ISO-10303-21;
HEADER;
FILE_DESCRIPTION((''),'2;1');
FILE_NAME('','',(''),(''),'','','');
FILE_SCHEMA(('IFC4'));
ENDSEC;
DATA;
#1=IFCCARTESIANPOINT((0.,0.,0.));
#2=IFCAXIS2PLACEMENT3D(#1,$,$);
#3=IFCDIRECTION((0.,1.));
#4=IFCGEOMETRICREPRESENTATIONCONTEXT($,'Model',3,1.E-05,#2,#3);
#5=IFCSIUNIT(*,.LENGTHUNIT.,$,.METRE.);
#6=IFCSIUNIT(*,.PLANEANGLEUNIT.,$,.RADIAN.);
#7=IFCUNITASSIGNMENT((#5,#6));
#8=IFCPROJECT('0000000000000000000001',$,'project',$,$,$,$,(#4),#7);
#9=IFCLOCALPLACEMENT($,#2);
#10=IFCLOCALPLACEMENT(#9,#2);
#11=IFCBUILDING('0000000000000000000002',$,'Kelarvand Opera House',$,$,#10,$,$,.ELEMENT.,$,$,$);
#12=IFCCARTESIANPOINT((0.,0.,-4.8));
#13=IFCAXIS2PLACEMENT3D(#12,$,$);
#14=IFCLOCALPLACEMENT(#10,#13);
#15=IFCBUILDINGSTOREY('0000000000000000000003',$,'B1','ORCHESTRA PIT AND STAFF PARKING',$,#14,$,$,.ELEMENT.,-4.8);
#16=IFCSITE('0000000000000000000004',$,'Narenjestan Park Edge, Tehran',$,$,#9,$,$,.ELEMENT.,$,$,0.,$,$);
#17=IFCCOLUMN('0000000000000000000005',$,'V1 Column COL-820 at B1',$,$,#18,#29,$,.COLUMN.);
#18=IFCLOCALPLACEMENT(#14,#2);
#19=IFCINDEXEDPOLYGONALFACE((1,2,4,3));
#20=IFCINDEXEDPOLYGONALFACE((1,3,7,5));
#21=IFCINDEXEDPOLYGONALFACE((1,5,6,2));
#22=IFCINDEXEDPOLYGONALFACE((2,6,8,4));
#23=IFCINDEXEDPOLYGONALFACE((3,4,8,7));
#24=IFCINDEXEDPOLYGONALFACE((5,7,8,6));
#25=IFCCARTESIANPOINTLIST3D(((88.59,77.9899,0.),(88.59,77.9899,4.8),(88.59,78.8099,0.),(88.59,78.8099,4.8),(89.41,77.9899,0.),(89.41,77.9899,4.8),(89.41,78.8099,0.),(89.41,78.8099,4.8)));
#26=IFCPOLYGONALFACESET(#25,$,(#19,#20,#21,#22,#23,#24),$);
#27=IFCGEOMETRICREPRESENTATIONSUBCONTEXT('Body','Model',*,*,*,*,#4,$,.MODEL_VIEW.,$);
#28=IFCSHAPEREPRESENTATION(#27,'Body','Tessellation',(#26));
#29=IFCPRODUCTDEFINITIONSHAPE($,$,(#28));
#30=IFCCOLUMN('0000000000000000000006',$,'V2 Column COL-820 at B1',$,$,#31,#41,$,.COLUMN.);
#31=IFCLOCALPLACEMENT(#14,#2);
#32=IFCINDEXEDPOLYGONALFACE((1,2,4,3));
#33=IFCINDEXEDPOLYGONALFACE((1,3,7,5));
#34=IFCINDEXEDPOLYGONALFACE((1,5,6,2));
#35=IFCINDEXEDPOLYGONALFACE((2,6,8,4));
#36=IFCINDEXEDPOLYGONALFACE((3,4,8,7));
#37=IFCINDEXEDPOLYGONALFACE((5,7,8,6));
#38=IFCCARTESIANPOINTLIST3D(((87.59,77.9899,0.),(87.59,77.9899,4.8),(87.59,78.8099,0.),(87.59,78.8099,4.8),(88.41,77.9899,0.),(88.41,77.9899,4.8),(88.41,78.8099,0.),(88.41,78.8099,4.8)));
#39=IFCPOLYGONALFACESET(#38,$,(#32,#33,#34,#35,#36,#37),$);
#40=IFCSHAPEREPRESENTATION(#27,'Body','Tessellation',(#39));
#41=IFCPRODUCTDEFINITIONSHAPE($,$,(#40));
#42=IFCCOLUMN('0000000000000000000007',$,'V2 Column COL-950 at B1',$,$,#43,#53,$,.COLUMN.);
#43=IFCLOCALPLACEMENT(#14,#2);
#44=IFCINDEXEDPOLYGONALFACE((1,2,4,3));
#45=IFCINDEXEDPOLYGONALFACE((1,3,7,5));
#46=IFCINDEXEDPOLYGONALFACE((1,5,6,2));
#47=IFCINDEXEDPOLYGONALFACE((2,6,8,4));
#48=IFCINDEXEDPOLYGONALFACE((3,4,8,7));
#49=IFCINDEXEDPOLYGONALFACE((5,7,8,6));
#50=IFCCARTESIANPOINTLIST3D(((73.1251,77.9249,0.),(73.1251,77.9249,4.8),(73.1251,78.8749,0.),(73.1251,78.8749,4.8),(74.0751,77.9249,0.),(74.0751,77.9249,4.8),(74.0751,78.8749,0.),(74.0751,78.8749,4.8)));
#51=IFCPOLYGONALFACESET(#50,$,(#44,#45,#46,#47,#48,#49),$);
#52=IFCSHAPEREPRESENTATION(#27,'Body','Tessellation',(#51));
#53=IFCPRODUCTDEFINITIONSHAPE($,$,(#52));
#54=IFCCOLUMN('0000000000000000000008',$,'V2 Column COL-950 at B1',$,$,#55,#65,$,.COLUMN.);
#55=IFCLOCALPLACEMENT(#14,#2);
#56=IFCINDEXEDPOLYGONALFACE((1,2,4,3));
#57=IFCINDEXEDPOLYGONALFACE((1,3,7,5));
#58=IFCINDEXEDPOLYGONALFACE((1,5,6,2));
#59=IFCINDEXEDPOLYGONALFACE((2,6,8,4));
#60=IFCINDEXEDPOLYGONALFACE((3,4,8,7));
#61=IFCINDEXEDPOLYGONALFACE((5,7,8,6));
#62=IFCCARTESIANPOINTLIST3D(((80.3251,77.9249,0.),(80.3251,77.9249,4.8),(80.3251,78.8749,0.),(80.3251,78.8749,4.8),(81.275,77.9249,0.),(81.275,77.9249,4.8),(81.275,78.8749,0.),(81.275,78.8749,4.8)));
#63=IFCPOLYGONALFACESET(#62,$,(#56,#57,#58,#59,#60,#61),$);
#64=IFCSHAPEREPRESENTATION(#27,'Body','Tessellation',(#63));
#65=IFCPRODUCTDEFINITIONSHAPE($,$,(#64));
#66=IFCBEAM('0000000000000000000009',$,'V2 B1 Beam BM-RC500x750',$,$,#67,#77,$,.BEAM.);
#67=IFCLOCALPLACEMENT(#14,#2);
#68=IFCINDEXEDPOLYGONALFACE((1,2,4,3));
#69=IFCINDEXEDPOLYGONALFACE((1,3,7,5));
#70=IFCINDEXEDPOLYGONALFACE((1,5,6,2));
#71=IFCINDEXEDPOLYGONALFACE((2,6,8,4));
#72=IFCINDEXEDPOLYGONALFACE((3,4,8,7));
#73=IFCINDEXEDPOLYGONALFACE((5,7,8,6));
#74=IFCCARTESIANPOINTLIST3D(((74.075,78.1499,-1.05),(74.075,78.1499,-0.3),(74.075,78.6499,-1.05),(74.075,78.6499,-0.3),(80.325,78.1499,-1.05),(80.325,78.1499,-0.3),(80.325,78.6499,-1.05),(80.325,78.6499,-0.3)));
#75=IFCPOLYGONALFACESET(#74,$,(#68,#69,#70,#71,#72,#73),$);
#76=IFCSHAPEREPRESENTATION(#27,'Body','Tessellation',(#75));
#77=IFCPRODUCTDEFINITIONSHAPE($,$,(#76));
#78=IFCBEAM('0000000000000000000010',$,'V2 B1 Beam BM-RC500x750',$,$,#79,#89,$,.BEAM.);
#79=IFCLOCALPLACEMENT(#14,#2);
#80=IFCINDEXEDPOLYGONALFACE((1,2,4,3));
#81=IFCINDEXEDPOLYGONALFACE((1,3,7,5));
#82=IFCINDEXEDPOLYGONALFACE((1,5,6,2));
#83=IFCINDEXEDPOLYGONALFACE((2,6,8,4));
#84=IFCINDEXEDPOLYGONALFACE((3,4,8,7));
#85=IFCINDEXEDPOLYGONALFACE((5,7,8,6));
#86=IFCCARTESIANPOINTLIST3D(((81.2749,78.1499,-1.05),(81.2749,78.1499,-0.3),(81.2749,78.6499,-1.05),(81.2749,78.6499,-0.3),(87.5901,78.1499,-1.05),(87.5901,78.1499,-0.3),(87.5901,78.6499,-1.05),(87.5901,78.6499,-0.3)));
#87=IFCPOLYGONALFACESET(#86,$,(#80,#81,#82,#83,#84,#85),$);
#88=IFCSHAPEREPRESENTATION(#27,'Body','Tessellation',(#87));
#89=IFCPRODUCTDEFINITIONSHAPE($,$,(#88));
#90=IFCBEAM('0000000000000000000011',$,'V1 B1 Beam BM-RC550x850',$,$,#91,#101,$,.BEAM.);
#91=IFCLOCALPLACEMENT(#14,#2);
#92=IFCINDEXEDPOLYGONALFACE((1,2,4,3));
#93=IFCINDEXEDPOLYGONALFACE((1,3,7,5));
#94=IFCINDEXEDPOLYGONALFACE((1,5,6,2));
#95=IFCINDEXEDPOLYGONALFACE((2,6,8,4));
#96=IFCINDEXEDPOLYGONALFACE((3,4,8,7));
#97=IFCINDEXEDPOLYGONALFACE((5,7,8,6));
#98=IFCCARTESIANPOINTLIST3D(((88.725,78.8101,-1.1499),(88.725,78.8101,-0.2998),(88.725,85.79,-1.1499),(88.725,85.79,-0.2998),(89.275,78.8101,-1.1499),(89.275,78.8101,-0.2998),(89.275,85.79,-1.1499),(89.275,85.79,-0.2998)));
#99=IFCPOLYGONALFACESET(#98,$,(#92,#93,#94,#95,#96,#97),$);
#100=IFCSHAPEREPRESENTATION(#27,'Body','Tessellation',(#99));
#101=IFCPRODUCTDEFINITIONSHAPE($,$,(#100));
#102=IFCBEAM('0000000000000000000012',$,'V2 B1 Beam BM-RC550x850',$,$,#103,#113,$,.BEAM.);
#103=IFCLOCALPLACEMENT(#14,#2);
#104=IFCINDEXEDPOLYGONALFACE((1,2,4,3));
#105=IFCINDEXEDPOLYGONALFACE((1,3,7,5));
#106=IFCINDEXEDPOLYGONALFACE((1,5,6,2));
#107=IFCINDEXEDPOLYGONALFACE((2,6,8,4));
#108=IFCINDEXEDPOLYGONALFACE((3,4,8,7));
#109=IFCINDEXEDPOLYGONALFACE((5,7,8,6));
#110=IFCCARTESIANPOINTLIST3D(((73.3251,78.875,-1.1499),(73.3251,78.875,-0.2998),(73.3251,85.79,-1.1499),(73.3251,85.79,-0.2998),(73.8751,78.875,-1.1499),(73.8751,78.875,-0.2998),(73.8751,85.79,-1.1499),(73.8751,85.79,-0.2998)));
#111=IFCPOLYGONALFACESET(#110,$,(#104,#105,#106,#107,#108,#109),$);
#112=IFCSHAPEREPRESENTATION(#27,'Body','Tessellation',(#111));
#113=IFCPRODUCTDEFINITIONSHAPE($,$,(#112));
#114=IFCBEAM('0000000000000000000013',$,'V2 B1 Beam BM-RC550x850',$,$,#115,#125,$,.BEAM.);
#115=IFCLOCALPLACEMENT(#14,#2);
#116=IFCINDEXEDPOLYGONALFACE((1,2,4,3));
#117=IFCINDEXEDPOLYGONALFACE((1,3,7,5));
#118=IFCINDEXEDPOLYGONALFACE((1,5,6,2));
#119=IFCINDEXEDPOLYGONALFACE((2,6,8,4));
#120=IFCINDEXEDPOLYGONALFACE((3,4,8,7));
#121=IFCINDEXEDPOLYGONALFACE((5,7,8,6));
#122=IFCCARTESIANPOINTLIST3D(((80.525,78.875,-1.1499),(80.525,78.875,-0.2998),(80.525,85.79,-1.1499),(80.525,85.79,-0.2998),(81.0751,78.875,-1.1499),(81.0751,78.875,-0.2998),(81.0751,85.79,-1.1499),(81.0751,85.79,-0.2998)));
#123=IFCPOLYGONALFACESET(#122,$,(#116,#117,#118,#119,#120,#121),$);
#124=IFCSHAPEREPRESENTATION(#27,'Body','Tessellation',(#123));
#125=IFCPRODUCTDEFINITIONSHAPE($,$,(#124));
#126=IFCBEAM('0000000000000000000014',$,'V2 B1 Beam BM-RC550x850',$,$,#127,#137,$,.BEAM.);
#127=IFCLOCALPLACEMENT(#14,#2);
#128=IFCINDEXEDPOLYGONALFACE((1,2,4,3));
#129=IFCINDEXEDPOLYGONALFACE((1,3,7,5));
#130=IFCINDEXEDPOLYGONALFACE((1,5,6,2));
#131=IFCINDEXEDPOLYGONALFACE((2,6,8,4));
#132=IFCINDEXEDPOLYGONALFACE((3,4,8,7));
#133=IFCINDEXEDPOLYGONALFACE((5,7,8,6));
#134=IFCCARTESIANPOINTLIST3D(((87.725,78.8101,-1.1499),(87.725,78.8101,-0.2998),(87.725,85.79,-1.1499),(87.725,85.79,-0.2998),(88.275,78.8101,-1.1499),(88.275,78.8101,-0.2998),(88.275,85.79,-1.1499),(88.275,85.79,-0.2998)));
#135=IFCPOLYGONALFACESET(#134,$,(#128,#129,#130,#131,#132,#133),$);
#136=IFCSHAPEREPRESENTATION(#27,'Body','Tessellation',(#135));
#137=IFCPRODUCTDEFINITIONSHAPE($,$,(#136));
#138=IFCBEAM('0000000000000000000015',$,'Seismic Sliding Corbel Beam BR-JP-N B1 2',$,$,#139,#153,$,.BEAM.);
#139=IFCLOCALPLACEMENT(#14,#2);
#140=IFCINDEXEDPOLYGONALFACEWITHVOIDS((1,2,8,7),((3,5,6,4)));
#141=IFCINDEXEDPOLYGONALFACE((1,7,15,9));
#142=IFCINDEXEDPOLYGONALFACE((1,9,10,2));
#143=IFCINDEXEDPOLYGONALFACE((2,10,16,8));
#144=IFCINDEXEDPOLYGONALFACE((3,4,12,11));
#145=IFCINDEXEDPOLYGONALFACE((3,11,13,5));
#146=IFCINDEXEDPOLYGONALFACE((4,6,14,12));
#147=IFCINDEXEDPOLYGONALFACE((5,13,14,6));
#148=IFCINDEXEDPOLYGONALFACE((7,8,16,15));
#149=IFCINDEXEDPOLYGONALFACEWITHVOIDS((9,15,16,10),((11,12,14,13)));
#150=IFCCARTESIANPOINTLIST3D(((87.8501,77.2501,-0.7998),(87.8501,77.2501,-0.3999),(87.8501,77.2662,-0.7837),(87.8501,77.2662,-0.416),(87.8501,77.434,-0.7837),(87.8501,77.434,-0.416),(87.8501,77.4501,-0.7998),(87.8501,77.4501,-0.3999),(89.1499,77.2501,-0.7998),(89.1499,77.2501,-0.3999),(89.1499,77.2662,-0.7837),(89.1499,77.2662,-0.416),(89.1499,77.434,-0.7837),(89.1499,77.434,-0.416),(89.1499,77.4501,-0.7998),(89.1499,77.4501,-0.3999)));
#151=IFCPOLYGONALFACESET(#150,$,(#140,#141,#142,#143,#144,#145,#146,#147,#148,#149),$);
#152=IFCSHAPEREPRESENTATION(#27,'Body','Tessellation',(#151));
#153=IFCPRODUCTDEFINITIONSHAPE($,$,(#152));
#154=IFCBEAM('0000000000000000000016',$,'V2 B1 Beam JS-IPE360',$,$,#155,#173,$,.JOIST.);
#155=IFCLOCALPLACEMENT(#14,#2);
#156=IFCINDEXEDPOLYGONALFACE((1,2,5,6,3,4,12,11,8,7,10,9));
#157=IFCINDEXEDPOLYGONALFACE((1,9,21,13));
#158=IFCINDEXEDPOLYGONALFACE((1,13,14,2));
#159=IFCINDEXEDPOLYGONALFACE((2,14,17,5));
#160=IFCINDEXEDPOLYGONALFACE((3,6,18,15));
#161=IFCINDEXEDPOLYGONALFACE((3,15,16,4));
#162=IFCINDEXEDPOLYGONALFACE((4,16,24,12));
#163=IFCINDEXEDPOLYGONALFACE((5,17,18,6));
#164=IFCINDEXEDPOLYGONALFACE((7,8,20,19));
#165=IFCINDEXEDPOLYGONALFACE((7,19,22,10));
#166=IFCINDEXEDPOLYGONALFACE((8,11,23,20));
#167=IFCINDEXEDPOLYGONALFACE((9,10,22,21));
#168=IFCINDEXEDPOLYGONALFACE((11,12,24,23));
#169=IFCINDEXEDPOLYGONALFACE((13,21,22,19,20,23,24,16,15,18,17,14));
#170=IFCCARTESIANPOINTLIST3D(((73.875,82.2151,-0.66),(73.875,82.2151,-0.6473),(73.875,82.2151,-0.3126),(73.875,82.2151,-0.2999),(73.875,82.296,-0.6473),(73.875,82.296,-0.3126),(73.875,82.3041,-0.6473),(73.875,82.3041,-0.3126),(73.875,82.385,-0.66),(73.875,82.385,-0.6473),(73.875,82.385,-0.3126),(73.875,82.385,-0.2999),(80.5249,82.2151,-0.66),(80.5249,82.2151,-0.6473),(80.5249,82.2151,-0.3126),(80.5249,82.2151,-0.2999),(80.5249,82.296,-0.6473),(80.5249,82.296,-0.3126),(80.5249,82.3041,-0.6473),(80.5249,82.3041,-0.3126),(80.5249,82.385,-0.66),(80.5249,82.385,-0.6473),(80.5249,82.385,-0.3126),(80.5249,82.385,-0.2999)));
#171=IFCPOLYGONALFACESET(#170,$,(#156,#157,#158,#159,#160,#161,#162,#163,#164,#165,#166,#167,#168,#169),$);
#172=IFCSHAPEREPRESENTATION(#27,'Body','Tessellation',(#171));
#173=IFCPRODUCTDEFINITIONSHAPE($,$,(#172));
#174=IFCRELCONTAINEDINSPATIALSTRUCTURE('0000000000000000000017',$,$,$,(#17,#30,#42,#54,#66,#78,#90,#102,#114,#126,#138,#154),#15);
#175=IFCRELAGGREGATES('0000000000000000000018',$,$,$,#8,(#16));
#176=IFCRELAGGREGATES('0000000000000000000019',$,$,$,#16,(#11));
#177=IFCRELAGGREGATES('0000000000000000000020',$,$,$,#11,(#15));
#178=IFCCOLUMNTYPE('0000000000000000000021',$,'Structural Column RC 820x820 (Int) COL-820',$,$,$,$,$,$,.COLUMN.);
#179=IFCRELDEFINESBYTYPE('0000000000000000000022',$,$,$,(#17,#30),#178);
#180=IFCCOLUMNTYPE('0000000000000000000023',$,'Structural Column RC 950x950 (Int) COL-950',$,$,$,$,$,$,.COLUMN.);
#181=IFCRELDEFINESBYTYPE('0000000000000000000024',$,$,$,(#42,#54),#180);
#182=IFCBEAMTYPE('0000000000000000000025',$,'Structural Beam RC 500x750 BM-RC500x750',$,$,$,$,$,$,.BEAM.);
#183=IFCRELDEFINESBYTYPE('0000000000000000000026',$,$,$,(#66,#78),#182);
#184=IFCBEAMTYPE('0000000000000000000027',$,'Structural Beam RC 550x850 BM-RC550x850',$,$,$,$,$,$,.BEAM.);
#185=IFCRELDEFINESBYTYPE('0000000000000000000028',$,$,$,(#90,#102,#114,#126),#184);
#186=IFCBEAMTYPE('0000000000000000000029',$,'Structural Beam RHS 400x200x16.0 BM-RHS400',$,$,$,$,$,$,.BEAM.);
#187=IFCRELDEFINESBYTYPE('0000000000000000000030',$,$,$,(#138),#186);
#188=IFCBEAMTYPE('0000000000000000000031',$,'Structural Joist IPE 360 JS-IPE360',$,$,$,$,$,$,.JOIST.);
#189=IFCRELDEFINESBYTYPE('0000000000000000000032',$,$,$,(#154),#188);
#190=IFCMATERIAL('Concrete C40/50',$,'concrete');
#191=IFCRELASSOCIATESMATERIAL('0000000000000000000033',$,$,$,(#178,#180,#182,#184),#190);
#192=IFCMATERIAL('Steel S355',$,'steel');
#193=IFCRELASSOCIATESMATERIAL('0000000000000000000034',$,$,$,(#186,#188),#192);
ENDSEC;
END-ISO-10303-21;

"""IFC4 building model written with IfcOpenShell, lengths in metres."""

from ifc_helpers import new_model, si_unit, direction, frame, origin, origin_2d, place, context, subcontext, project, spatial, rectangle, hollow_rectangle, i_section, extrude, material, material_profile, profile_set, type_object, element, save


model = new_model("IFC4")

# Units and contexts
model_context = context("Model", 3, precision=1e-05, world=origin(), true_north=direction((0.0, 1.0)))
body_context = subcontext(model_context, "Body", "Model", "MODEL_VIEW")
ifc_project = project(units=[si_unit("LENGTHUNIT", "METRE"), si_unit("PLANEANGLEUNIT", "RADIAN")], contexts=[model_context])

# Site, building, storey
site_placement = place(None, origin())
site = spatial("IfcSite", under=ifc_project, at=site_placement, Name="Narenjestan Park Edge, Tehran", CompositionType="ELEMENT", RefElevation=0.0)
building_placement = place(site_placement, origin())
building = spatial("IfcBuilding", under=site, at=building_placement, Name="Kelarvand Opera House", CompositionType="ELEMENT")
storey_placement = place(building_placement, frame((0.0, 0.0, -4.8)))
storey = spatial("IfcBuildingStorey", under=building, at=storey_placement, Name="B1", Description="ORCHESTRA PIT AND STAFF PARKING", CompositionType="ELEMENT", Elevation=-4.8)

# Columns
ifc_material_1 = material(Name="Concrete C40/50", Category="concrete")
ifc_material_profile_1 = material_profile(ifc_material_1, rectangle(XDim=0.8201, YDim=0.8201, at=origin_2d()), Name="RC 820x820", Category="concrete")
ifc_profile_set_1 = profile_set([ifc_material_profile_1], Name="Concrete C40/50")
column_type_1 = type_object("IfcColumnType", Name="Structural Column RC 820x820 (Int) COL-820", PredefinedType="COLUMN", material=ifc_profile_set_1)
for number, where, z_axis, x_axis, name in (
    (1, (89.0, 78.3999, 0.0), (0.0, 0.0, 1.0), (1.0, 0.0, 0.0), "V1 Column COL-820 at B1"),
    (2, (88.0, 78.3999, 0.0), (0.0, 0.0, 1.0), (1.0, 0.0, 0.0), "V2 Column COL-820 at B1"),
):
    element("IfcColumn", number, at=place(storey_placement, frame(where, z_axis=z_axis, x_axis=x_axis)), inside=storey, type_object=column_type_1, Name=name, PredefinedType="COLUMN", context=body_context, shape_type="SweptSolid", body=[
        extrude(rectangle(XDim=0.8201, YDim=0.8201, at=origin_2d()), origin(), (0.0, 0.0, 1.0), 4.8),
    ])
ifc_material_profile_2 = material_profile(ifc_material_1, rectangle(XDim=0.95, YDim=0.95, at=origin_2d()), Name="RC 950x950", Category="concrete")
ifc_profile_set_2 = profile_set([ifc_material_profile_2], Name="Concrete C40/50")
column_type_2 = type_object("IfcColumnType", Name="Structural Column RC 950x950 (Int) COL-950", PredefinedType="COLUMN", material=ifc_profile_set_2)
for number, where, z_axis, x_axis, name in (
    (3, (73.6001, 78.3999, 0.0), (0.0, 0.0, 1.0), (1.0, 0.0, 0.0), "V2 Column COL-950 at B1"),
    (4, (80.8, 78.3999, 0.0), (0.0, 0.0, 1.0), (1.0, 0.0, 0.0), "V2 Column COL-950 at B1"),
):
    element("IfcColumn", number, at=place(storey_placement, frame(where, z_axis=z_axis, x_axis=x_axis)), inside=storey, type_object=column_type_2, Name=name, PredefinedType="COLUMN", context=body_context, shape_type="SweptSolid", body=[
        extrude(rectangle(XDim=0.95, YDim=0.95, at=origin_2d()), origin(), (0.0, 0.0, 1.0), 4.8),
    ])

# Beams
ifc_material_profile_3 = material_profile(ifc_material_1, rectangle(XDim=0.5, YDim=0.75, at=origin_2d()), Name="RC 500x750", Category="concrete")
ifc_profile_set_3 = profile_set([ifc_material_profile_3], Name="Concrete C40/50")
beam_type_1 = type_object("IfcBeamType", Name="Structural Beam RC 500x750 BM-RC500x750", PredefinedType="BEAM", material=ifc_profile_set_3)
beam_1_placement = place(storey_placement, frame((74.075, 78.3999, -0.675), z_axis=(1.0, 0.0, 0.0), x_axis=(0.0, 1.0, 0.0)))
element("IfcBeam", 5, at=beam_1_placement, inside=storey, type_object=beam_type_1, Name="V2 B1 Beam BM-RC500x750", PredefinedType="BEAM", context=body_context, shape_type="SweptSolid", body=[
    extrude(rectangle(XDim=0.5, YDim=0.75, at=origin_2d()), origin(), (0.0, 0.0, 1.0), 6.25),
])
beam_2_placement = place(storey_placement, frame((81.2749, 78.3999, -0.675), z_axis=(1.0, 0.0, 0.0), x_axis=(0.0, 1.0, 0.0)))
element("IfcBeam", 6, at=beam_2_placement, inside=storey, type_object=beam_type_1, Name="V2 B1 Beam BM-RC500x750", PredefinedType="BEAM", context=body_context, shape_type="SweptSolid", body=[
    extrude(rectangle(XDim=0.5, YDim=0.75, at=origin_2d()), origin(), (0.0, 0.0, 1.0), 6.3152),
])
ifc_material_profile_4 = material_profile(ifc_material_1, rectangle(XDim=0.55, YDim=0.8501, at=origin_2d()), Name="RC 550x850", Category="concrete")
ifc_profile_set_4 = profile_set([ifc_material_profile_4], Name="Concrete C40/50")
beam_type_2 = type_object("IfcBeamType", Name="Structural Beam RC 550x850 BM-RC550x850", PredefinedType="BEAM", material=ifc_profile_set_4)
beam_3_placement = place(storey_placement, frame((89.0, 78.8101, -0.7249), z_axis=(0.0, 1.0, 0.0), x_axis=(-1.0, 0.0, 0.0)))
element("IfcBeam", 7, at=beam_3_placement, inside=storey, type_object=beam_type_2, Name="V1 B1 Beam BM-RC550x850", PredefinedType="BEAM", context=body_context, shape_type="SweptSolid", body=[
    extrude(rectangle(XDim=0.55, YDim=0.8501, at=origin_2d()), origin(), (0.0, 0.0, 1.0), 6.98),
])
for number, where, z_axis, x_axis, name in (
    (8, (73.6001, 78.875, -0.7249), (0.0, 1.0, 0.0), (-1.0, 0.0, 0.0), "V2 B1 Beam BM-RC550x850"),
    (9, (80.8, 78.875, -0.7249), (0.0, 1.0, 0.0), (-1.0, 0.0, 0.0), "V2 B1 Beam BM-RC550x850"),
):
    element("IfcBeam", number, at=place(storey_placement, frame(where, z_axis=z_axis, x_axis=x_axis)), inside=storey, type_object=beam_type_2, Name=name, PredefinedType="BEAM", context=body_context, shape_type="SweptSolid", body=[
        extrude(rectangle(XDim=0.55, YDim=0.8501, at=origin_2d()), origin(), (0.0, 0.0, 1.0), 6.915),
    ])
beam_4_placement = place(storey_placement, frame((88.0, 78.8101, -0.7249), z_axis=(0.0, 1.0, 0.0), x_axis=(-1.0, 0.0, 0.0)))
element("IfcBeam", 10, at=beam_4_placement, inside=storey, type_object=beam_type_2, Name="V2 B1 Beam BM-RC550x850", PredefinedType="BEAM", context=body_context, shape_type="SweptSolid", body=[
    extrude(rectangle(XDim=0.55, YDim=0.8501, at=origin_2d()), origin(), (0.0, 0.0, 1.0), 6.98),
])
ifc_material_2 = material(Name="Steel S355", Category="steel")
ifc_material_profile_5 = material_profile(ifc_material_2, hollow_rectangle(XDim=0.2, YDim=0.3999, WallThickness=0.0161, at=origin_2d()), Name="RHS 400x200x16.0", Category="steel")
ifc_profile_set_5 = profile_set([ifc_material_profile_5], Name="Steel S355")
beam_type_3 = type_object("IfcBeamType", Name="Structural Beam RHS 400x200x16.0 BM-RHS400", PredefinedType="BEAM", material=ifc_profile_set_5)
beam_5_placement = place(storey_placement, frame((87.8501, 77.3501, -0.5999), z_axis=(1.0, 0.0, 0.0), x_axis=(0.0, 1.0, 0.0)))
element("IfcBeam", 11, at=beam_5_placement, inside=storey, type_object=beam_type_3, Name="Seismic Sliding Corbel Beam BR-JP-N B1 2", PredefinedType="BEAM", context=body_context, shape_type="SweptSolid", body=[
    extrude(hollow_rectangle(XDim=0.2, YDim=0.3999, WallThickness=0.0161, at=origin_2d()), origin(), (0.0, 0.0, 1.0), 1.2998),
])
ifc_material_profile_6 = material_profile(ifc_material_2, i_section(OverallWidth=0.1699, OverallDepth=0.3601, WebThickness=0.0081, FlangeThickness=0.0127, at=origin_2d()), Name="IPE 360", Category="steel")
ifc_profile_set_6 = profile_set([ifc_material_profile_6], Name="Steel S355")
beam_type_4 = type_object("IfcBeamType", Name="Structural Joist IPE 360 JS-IPE360", PredefinedType="JOIST", material=ifc_profile_set_6)
beam_6_placement = place(storey_placement, frame((73.875, 82.3, -0.48), z_axis=(1.0, 0.0, 0.0), x_axis=(0.0, 1.0, 0.0)))
element("IfcBeam", 12, at=beam_6_placement, inside=storey, type_object=beam_type_4, Name="V2 B1 Beam JS-IPE360", PredefinedType="JOIST", context=body_context, shape_type="SweptSolid", body=[
    extrude(i_section(OverallWidth=0.1699, OverallDepth=0.3601, WebThickness=0.0081, FlangeThickness=0.0127, at=origin_2d()), origin(), (0.0, 0.0, 1.0), 6.6499),
])

save(model, "model.ifc")
